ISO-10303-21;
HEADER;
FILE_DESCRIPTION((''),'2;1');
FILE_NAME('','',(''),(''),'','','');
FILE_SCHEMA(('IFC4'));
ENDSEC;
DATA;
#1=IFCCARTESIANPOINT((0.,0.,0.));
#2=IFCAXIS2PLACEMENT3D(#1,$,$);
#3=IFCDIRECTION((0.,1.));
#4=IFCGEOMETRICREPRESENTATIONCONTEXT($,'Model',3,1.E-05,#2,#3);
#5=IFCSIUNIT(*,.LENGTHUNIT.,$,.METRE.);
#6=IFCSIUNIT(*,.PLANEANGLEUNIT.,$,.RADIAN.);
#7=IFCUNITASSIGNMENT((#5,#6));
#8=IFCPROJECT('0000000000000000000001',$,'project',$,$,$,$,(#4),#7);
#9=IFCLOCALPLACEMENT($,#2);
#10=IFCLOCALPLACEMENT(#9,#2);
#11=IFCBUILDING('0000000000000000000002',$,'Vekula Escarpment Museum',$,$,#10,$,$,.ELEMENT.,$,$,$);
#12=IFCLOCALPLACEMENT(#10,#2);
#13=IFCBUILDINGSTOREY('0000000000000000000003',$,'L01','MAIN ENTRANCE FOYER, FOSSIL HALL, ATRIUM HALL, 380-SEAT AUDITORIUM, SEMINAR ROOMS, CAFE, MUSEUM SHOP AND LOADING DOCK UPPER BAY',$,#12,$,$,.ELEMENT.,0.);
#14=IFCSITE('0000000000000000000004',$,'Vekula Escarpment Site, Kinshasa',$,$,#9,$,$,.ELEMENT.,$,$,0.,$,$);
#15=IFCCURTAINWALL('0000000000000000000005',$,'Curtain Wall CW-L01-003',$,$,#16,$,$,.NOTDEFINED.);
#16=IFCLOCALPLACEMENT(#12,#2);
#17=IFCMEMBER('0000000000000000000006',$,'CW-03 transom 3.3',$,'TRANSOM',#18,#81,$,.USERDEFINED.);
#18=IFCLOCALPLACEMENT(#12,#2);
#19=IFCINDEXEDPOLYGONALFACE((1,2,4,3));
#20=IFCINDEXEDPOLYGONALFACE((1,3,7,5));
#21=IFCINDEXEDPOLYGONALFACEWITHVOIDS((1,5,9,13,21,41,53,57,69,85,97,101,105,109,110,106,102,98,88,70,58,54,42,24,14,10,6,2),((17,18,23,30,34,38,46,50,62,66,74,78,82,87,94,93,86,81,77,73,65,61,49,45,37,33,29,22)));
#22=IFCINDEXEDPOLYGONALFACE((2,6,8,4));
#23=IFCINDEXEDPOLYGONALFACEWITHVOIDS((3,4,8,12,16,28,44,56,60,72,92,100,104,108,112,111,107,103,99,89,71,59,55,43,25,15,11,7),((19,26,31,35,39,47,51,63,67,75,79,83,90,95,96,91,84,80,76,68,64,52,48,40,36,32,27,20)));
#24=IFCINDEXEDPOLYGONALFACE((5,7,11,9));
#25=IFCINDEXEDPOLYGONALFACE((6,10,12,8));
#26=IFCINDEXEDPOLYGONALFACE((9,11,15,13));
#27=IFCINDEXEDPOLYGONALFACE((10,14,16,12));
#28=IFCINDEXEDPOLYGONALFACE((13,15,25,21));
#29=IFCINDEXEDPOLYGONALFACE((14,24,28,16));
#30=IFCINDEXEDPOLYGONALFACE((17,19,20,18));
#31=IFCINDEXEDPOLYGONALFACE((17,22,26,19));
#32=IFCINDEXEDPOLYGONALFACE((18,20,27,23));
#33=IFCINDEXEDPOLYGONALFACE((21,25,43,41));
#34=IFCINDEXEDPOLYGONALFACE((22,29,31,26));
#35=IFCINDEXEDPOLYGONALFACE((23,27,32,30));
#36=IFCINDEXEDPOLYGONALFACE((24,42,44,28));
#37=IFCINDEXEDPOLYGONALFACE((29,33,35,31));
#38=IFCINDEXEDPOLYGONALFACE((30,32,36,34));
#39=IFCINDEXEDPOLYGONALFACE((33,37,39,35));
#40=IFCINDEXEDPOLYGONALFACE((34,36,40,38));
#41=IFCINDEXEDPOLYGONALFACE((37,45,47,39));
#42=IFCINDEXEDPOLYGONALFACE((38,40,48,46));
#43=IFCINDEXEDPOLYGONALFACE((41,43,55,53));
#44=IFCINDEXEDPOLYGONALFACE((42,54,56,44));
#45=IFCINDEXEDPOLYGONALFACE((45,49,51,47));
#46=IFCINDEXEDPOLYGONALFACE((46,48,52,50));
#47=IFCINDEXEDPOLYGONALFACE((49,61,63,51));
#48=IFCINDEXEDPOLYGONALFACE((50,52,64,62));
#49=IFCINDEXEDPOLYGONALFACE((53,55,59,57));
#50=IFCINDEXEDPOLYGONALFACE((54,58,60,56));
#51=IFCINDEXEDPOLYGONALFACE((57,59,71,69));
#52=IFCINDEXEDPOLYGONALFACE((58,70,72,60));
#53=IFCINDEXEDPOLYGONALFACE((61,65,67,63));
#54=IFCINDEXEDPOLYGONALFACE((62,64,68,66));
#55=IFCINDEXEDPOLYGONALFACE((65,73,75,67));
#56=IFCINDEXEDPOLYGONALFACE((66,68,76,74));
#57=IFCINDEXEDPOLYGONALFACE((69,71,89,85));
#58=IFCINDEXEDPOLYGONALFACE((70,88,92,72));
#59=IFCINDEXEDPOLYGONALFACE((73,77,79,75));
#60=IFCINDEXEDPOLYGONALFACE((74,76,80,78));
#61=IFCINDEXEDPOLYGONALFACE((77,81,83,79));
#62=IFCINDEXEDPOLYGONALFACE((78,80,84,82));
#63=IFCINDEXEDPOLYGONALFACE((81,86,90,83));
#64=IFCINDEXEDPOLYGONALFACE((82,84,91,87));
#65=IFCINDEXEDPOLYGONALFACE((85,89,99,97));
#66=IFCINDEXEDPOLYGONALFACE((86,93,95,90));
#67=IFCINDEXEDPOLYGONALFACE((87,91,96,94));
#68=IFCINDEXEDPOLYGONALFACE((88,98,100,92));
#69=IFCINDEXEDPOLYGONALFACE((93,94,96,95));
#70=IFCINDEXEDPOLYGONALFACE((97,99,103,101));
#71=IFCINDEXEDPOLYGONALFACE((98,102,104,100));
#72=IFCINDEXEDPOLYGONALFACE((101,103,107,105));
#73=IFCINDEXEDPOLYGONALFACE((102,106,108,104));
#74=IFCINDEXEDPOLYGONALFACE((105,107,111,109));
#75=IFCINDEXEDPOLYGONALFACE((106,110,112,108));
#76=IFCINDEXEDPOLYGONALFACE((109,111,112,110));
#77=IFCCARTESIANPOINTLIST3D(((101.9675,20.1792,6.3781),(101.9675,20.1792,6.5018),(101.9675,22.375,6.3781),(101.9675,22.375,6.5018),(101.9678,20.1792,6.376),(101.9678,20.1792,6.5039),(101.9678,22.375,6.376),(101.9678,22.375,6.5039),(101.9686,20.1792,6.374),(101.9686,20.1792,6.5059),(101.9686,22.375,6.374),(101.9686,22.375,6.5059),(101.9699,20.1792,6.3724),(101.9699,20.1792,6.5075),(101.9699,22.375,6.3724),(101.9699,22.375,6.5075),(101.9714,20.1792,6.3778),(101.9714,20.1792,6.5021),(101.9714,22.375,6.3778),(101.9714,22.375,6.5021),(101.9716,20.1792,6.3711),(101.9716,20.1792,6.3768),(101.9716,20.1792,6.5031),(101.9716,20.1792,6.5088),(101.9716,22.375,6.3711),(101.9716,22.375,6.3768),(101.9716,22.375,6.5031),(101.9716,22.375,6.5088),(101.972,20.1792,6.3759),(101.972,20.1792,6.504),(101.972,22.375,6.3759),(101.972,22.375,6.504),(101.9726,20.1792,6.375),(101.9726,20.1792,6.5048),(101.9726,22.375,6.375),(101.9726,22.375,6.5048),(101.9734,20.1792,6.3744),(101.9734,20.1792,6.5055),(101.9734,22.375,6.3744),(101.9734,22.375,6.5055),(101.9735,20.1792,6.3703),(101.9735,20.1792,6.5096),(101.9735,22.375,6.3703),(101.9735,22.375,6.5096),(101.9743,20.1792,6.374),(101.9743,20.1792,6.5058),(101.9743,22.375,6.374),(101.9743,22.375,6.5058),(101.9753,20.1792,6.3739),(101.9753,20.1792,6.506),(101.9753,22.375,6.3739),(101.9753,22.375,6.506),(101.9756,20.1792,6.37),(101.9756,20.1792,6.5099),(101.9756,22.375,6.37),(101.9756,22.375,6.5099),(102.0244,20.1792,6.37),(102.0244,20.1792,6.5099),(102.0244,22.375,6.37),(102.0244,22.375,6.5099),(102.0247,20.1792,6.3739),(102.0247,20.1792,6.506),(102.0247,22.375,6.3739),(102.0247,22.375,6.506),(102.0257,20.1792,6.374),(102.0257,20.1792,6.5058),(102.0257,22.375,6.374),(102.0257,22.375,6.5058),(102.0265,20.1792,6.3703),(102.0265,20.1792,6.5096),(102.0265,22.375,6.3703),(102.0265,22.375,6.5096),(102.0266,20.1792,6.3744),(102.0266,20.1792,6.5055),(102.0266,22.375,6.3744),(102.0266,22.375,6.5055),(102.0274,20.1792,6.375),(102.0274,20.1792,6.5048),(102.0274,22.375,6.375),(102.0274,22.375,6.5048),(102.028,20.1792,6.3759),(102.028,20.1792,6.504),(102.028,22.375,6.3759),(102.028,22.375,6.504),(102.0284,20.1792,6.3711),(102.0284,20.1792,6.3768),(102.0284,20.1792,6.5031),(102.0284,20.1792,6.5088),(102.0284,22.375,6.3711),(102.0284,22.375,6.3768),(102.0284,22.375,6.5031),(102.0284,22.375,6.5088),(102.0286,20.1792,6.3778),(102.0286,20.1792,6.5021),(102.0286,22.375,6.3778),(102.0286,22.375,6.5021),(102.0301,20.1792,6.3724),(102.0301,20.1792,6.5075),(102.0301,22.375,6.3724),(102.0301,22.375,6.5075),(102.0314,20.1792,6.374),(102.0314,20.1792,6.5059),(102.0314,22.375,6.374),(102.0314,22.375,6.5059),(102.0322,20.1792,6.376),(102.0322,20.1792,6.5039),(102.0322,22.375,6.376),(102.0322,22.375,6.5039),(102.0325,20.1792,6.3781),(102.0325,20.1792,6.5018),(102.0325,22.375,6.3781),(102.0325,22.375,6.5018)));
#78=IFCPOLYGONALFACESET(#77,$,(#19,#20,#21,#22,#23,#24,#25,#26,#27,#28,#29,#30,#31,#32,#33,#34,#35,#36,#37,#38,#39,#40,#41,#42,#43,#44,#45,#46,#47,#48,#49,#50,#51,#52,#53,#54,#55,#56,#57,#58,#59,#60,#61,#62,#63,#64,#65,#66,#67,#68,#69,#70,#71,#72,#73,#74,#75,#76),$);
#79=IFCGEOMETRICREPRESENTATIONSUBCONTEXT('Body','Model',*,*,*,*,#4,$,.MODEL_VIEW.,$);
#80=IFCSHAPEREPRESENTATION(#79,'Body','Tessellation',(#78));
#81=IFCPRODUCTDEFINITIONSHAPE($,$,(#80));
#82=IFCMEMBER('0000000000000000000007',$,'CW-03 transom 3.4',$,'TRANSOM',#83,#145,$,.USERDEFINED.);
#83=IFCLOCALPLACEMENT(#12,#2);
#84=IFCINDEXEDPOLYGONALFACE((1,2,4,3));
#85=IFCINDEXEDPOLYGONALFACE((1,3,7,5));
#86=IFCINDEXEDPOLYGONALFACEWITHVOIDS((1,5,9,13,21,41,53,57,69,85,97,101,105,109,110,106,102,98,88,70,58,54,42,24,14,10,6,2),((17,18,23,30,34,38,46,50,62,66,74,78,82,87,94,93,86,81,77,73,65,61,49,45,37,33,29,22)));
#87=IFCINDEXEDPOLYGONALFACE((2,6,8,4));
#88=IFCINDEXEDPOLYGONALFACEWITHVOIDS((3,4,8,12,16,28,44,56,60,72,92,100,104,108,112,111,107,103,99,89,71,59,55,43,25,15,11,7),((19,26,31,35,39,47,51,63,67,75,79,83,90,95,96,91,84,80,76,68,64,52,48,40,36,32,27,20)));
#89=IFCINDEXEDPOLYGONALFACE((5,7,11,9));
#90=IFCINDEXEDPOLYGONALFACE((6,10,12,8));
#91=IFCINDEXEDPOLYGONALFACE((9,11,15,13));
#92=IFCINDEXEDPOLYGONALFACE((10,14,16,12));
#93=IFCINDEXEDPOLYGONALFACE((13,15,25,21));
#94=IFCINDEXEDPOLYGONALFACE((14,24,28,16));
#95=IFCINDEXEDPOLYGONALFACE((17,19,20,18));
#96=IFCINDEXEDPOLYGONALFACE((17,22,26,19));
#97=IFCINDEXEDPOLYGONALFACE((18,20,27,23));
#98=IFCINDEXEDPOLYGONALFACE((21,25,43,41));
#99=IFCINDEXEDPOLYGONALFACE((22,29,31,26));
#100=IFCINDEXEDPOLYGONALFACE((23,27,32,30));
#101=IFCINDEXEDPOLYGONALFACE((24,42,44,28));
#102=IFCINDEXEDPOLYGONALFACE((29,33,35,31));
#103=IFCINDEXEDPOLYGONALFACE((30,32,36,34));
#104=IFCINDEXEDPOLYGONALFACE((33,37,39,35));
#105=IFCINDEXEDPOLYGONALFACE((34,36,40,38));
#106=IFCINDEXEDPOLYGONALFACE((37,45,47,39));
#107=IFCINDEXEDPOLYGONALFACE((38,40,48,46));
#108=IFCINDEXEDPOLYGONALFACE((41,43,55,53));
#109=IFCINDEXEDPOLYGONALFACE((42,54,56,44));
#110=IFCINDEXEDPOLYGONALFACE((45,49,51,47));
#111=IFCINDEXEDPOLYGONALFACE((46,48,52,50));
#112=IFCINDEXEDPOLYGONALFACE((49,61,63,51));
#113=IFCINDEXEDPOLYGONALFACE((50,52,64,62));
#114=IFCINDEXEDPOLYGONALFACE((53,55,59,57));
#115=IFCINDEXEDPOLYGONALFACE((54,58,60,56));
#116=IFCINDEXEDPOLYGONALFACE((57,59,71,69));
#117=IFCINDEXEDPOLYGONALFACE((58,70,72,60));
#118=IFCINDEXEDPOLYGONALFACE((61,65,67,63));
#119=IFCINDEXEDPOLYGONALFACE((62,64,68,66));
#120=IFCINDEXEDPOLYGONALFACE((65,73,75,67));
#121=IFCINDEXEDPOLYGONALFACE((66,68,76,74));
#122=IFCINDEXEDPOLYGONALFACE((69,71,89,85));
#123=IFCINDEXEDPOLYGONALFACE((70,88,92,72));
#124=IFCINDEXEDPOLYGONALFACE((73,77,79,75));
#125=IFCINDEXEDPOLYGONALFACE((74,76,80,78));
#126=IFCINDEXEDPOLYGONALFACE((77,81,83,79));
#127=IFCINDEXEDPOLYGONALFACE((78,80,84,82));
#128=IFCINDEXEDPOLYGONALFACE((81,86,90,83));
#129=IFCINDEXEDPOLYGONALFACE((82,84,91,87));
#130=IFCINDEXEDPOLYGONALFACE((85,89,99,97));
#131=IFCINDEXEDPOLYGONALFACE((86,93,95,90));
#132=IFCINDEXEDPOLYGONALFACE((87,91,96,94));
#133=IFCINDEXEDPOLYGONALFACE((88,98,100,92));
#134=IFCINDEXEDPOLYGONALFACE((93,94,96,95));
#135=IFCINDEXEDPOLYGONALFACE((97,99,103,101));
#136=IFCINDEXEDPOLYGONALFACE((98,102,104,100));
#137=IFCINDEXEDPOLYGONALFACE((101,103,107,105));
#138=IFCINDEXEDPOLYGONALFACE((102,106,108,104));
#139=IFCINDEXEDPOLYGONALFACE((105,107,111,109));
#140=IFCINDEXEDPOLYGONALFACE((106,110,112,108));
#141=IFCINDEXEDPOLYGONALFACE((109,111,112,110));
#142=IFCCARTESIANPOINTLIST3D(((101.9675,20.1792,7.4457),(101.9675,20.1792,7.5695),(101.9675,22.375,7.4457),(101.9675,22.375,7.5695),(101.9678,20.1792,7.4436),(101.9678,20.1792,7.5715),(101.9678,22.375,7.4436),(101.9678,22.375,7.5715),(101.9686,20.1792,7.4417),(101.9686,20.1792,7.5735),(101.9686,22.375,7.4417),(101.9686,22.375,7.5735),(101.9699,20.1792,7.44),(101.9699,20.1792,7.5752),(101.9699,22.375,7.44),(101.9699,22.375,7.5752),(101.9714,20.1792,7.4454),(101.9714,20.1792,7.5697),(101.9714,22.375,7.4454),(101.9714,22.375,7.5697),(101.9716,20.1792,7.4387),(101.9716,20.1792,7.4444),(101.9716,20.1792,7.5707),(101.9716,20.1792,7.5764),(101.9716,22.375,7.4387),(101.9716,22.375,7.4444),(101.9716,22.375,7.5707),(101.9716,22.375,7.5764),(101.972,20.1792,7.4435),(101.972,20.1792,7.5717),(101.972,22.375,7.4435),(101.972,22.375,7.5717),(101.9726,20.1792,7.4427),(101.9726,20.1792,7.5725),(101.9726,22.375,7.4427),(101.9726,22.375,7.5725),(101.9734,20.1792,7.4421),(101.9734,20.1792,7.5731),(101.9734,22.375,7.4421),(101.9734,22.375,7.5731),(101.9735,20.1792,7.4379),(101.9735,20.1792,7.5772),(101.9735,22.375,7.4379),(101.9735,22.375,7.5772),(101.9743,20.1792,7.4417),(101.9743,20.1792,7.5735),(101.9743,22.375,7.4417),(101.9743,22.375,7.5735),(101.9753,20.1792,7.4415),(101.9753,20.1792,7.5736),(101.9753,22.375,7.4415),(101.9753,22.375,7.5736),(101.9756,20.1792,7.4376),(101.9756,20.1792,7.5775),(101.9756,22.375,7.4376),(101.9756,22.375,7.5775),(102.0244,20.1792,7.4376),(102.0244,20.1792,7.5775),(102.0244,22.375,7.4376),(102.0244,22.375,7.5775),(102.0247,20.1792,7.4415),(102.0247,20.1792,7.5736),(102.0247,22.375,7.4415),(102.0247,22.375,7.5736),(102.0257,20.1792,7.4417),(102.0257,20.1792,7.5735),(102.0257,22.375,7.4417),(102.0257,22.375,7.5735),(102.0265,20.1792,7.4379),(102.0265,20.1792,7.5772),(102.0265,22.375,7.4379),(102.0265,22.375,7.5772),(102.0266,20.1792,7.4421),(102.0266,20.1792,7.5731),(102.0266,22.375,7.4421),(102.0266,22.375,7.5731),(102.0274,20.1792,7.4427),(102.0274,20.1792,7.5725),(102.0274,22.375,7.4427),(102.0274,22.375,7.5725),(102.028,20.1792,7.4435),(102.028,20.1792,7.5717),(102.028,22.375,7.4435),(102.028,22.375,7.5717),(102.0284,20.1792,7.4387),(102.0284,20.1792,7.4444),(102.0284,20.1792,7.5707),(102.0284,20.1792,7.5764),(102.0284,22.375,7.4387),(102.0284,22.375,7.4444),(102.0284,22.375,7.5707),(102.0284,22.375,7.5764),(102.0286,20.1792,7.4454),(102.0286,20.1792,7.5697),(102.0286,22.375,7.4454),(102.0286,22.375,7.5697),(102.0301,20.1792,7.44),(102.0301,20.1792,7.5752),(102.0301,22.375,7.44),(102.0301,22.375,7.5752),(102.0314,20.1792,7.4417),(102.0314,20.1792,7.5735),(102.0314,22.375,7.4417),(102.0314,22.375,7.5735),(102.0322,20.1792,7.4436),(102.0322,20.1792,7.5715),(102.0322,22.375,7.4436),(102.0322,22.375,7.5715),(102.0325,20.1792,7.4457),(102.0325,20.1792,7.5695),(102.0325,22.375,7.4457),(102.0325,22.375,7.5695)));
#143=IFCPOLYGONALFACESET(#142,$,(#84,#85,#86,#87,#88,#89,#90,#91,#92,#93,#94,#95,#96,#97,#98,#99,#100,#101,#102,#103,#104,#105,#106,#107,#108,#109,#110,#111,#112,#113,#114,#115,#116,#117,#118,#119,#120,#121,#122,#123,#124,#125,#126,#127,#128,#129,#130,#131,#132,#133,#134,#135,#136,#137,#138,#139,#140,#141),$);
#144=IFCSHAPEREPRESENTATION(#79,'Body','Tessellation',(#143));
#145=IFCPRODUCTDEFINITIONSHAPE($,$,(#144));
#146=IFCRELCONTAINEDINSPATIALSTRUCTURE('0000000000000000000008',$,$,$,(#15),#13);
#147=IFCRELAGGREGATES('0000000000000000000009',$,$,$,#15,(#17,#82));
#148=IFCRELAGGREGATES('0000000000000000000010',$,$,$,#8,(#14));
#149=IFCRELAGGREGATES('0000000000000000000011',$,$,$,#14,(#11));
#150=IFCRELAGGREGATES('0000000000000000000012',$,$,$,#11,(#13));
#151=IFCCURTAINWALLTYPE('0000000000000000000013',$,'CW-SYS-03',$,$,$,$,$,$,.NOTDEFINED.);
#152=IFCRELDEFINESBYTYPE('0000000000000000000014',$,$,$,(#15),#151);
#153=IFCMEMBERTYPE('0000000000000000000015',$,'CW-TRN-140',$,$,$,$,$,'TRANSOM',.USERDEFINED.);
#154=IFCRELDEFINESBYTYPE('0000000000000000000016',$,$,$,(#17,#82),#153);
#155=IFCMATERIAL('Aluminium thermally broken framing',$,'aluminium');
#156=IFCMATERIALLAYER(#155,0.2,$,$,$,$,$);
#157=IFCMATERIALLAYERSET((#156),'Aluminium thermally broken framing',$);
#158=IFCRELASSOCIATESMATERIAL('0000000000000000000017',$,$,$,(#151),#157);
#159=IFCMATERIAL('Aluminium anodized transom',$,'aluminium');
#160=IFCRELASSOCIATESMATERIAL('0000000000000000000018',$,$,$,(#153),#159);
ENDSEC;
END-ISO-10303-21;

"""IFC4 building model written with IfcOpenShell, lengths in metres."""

from ifc_helpers import new_model, si_unit, direction, frame, origin, origin_2d, place, context, subcontext, project, spatial, hollow_rectangle, extrude, material, layer, layer_set, material_profile, profile_set, type_object, element, aggregate, save


model = new_model("IFC4")

# Units and contexts
model_context = context("Model", 3, precision=1e-05, world=origin(), true_north=direction((0.0, 1.0)))
body_context = subcontext(model_context, "Body", "Model", "MODEL_VIEW")
ifc_project = project(units=[si_unit("LENGTHUNIT", "METRE"), si_unit("PLANEANGLEUNIT", "RADIAN")], contexts=[model_context])

# Site, building, storey
site_placement = place(None, origin())
site = spatial("IfcSite", under=ifc_project, at=site_placement, Name="Vekula Escarpment Site, Kinshasa", CompositionType="ELEMENT", RefElevation=0.0)
building_placement = place(site_placement, origin())
building = spatial("IfcBuilding", under=site, at=building_placement, Name="Vekula Escarpment Museum", CompositionType="ELEMENT")
storey_placement = place(building_placement, origin())
storey = spatial("IfcBuildingStorey", under=building, at=storey_placement, Name="L01", Description="MAIN ENTRANCE FOYER, FOSSIL HALL, ATRIUM HALL, 380-SEAT AUDITORIUM, SEMINAR ROOMS, CAFE, MUSEUM SHOP AND LOADING DOCK UPPER BAY", CompositionType="ELEMENT", Elevation=0.0)

# Curtain wall
ifc_material_1 = material(Name="Aluminium thermally broken framing", Category="aluminium")
ifc_layer_1 = layer(ifc_material_1, 0.2)
ifc_layer_set_1 = layer_set([ifc_layer_1], Name="Aluminium thermally broken framing")
curtain_wall_type_1 = type_object("IfcCurtainWallType", Name="CW-SYS-03", PredefinedType="NOTDEFINED", material=ifc_layer_set_1)
curtain_wall_1_placement = place(storey_placement, origin())
curtain_wall_1 = element("IfcCurtainWall", 1, at=curtain_wall_1_placement, inside=storey, type_object=curtain_wall_type_1, Name="Curtain Wall CW-L01-003", PredefinedType="NOTDEFINED")

# Members
ifc_material_2 = material(Name="Aluminium anodized transom", Category="aluminium")
ifc_material_profile_1 = material_profile(ifc_material_2, hollow_rectangle(XDim=0.0649, YDim=0.1399, WallThickness=0.0039, InnerFilletRadius=0.0039, OuterFilletRadius=0.0081, at=origin_2d()), Name="ALU 140x65x4")
ifc_profile_set_1 = profile_set([ifc_material_profile_1], Name="Aluminium anodized transom")
member_type_1 = type_object("IfcMemberType", Name="CW-TRN-140", ElementType="TRANSOM", PredefinedType="USERDEFINED", material=ifc_profile_set_1)
member_1_placement = place(storey_placement, frame((102.0, 20.1792, 6.4399), z_axis=(0.0, 1.0, 0.0), x_axis=(-1.0, 0.0, 0.0)))
member_1 = element("IfcMember", 2, at=member_1_placement, type_object=member_type_1, Name="CW-03 transom 3.3", ObjectType="TRANSOM", PredefinedType="USERDEFINED", context=body_context, shape_type="SweptSolid", body=[
    extrude(hollow_rectangle(XDim=0.0649, YDim=0.1399, WallThickness=0.0039, InnerFilletRadius=0.0039, OuterFilletRadius=0.0081, at=origin_2d()), origin(), (0.0, 0.0, 1.0), 2.1958),
])
member_2_placement = place(storey_placement, frame((102.0, 20.1792, 7.5076), z_axis=(0.0, 1.0, 0.0), x_axis=(-1.0, 0.0, 0.0)))
member_2 = element("IfcMember", 3, at=member_2_placement, type_object=member_type_1, Name="CW-03 transom 3.4", ObjectType="TRANSOM", PredefinedType="USERDEFINED", context=body_context, shape_type="SweptSolid", body=[
    extrude(hollow_rectangle(XDim=0.0649, YDim=0.1399, WallThickness=0.0039, InnerFilletRadius=0.0039, OuterFilletRadius=0.0081, at=origin_2d()), origin(), (0.0, 0.0, 1.0), 2.1958),
])

aggregate(curtain_wall_1, [member_1, member_2])

save(model, "model.ifc")
